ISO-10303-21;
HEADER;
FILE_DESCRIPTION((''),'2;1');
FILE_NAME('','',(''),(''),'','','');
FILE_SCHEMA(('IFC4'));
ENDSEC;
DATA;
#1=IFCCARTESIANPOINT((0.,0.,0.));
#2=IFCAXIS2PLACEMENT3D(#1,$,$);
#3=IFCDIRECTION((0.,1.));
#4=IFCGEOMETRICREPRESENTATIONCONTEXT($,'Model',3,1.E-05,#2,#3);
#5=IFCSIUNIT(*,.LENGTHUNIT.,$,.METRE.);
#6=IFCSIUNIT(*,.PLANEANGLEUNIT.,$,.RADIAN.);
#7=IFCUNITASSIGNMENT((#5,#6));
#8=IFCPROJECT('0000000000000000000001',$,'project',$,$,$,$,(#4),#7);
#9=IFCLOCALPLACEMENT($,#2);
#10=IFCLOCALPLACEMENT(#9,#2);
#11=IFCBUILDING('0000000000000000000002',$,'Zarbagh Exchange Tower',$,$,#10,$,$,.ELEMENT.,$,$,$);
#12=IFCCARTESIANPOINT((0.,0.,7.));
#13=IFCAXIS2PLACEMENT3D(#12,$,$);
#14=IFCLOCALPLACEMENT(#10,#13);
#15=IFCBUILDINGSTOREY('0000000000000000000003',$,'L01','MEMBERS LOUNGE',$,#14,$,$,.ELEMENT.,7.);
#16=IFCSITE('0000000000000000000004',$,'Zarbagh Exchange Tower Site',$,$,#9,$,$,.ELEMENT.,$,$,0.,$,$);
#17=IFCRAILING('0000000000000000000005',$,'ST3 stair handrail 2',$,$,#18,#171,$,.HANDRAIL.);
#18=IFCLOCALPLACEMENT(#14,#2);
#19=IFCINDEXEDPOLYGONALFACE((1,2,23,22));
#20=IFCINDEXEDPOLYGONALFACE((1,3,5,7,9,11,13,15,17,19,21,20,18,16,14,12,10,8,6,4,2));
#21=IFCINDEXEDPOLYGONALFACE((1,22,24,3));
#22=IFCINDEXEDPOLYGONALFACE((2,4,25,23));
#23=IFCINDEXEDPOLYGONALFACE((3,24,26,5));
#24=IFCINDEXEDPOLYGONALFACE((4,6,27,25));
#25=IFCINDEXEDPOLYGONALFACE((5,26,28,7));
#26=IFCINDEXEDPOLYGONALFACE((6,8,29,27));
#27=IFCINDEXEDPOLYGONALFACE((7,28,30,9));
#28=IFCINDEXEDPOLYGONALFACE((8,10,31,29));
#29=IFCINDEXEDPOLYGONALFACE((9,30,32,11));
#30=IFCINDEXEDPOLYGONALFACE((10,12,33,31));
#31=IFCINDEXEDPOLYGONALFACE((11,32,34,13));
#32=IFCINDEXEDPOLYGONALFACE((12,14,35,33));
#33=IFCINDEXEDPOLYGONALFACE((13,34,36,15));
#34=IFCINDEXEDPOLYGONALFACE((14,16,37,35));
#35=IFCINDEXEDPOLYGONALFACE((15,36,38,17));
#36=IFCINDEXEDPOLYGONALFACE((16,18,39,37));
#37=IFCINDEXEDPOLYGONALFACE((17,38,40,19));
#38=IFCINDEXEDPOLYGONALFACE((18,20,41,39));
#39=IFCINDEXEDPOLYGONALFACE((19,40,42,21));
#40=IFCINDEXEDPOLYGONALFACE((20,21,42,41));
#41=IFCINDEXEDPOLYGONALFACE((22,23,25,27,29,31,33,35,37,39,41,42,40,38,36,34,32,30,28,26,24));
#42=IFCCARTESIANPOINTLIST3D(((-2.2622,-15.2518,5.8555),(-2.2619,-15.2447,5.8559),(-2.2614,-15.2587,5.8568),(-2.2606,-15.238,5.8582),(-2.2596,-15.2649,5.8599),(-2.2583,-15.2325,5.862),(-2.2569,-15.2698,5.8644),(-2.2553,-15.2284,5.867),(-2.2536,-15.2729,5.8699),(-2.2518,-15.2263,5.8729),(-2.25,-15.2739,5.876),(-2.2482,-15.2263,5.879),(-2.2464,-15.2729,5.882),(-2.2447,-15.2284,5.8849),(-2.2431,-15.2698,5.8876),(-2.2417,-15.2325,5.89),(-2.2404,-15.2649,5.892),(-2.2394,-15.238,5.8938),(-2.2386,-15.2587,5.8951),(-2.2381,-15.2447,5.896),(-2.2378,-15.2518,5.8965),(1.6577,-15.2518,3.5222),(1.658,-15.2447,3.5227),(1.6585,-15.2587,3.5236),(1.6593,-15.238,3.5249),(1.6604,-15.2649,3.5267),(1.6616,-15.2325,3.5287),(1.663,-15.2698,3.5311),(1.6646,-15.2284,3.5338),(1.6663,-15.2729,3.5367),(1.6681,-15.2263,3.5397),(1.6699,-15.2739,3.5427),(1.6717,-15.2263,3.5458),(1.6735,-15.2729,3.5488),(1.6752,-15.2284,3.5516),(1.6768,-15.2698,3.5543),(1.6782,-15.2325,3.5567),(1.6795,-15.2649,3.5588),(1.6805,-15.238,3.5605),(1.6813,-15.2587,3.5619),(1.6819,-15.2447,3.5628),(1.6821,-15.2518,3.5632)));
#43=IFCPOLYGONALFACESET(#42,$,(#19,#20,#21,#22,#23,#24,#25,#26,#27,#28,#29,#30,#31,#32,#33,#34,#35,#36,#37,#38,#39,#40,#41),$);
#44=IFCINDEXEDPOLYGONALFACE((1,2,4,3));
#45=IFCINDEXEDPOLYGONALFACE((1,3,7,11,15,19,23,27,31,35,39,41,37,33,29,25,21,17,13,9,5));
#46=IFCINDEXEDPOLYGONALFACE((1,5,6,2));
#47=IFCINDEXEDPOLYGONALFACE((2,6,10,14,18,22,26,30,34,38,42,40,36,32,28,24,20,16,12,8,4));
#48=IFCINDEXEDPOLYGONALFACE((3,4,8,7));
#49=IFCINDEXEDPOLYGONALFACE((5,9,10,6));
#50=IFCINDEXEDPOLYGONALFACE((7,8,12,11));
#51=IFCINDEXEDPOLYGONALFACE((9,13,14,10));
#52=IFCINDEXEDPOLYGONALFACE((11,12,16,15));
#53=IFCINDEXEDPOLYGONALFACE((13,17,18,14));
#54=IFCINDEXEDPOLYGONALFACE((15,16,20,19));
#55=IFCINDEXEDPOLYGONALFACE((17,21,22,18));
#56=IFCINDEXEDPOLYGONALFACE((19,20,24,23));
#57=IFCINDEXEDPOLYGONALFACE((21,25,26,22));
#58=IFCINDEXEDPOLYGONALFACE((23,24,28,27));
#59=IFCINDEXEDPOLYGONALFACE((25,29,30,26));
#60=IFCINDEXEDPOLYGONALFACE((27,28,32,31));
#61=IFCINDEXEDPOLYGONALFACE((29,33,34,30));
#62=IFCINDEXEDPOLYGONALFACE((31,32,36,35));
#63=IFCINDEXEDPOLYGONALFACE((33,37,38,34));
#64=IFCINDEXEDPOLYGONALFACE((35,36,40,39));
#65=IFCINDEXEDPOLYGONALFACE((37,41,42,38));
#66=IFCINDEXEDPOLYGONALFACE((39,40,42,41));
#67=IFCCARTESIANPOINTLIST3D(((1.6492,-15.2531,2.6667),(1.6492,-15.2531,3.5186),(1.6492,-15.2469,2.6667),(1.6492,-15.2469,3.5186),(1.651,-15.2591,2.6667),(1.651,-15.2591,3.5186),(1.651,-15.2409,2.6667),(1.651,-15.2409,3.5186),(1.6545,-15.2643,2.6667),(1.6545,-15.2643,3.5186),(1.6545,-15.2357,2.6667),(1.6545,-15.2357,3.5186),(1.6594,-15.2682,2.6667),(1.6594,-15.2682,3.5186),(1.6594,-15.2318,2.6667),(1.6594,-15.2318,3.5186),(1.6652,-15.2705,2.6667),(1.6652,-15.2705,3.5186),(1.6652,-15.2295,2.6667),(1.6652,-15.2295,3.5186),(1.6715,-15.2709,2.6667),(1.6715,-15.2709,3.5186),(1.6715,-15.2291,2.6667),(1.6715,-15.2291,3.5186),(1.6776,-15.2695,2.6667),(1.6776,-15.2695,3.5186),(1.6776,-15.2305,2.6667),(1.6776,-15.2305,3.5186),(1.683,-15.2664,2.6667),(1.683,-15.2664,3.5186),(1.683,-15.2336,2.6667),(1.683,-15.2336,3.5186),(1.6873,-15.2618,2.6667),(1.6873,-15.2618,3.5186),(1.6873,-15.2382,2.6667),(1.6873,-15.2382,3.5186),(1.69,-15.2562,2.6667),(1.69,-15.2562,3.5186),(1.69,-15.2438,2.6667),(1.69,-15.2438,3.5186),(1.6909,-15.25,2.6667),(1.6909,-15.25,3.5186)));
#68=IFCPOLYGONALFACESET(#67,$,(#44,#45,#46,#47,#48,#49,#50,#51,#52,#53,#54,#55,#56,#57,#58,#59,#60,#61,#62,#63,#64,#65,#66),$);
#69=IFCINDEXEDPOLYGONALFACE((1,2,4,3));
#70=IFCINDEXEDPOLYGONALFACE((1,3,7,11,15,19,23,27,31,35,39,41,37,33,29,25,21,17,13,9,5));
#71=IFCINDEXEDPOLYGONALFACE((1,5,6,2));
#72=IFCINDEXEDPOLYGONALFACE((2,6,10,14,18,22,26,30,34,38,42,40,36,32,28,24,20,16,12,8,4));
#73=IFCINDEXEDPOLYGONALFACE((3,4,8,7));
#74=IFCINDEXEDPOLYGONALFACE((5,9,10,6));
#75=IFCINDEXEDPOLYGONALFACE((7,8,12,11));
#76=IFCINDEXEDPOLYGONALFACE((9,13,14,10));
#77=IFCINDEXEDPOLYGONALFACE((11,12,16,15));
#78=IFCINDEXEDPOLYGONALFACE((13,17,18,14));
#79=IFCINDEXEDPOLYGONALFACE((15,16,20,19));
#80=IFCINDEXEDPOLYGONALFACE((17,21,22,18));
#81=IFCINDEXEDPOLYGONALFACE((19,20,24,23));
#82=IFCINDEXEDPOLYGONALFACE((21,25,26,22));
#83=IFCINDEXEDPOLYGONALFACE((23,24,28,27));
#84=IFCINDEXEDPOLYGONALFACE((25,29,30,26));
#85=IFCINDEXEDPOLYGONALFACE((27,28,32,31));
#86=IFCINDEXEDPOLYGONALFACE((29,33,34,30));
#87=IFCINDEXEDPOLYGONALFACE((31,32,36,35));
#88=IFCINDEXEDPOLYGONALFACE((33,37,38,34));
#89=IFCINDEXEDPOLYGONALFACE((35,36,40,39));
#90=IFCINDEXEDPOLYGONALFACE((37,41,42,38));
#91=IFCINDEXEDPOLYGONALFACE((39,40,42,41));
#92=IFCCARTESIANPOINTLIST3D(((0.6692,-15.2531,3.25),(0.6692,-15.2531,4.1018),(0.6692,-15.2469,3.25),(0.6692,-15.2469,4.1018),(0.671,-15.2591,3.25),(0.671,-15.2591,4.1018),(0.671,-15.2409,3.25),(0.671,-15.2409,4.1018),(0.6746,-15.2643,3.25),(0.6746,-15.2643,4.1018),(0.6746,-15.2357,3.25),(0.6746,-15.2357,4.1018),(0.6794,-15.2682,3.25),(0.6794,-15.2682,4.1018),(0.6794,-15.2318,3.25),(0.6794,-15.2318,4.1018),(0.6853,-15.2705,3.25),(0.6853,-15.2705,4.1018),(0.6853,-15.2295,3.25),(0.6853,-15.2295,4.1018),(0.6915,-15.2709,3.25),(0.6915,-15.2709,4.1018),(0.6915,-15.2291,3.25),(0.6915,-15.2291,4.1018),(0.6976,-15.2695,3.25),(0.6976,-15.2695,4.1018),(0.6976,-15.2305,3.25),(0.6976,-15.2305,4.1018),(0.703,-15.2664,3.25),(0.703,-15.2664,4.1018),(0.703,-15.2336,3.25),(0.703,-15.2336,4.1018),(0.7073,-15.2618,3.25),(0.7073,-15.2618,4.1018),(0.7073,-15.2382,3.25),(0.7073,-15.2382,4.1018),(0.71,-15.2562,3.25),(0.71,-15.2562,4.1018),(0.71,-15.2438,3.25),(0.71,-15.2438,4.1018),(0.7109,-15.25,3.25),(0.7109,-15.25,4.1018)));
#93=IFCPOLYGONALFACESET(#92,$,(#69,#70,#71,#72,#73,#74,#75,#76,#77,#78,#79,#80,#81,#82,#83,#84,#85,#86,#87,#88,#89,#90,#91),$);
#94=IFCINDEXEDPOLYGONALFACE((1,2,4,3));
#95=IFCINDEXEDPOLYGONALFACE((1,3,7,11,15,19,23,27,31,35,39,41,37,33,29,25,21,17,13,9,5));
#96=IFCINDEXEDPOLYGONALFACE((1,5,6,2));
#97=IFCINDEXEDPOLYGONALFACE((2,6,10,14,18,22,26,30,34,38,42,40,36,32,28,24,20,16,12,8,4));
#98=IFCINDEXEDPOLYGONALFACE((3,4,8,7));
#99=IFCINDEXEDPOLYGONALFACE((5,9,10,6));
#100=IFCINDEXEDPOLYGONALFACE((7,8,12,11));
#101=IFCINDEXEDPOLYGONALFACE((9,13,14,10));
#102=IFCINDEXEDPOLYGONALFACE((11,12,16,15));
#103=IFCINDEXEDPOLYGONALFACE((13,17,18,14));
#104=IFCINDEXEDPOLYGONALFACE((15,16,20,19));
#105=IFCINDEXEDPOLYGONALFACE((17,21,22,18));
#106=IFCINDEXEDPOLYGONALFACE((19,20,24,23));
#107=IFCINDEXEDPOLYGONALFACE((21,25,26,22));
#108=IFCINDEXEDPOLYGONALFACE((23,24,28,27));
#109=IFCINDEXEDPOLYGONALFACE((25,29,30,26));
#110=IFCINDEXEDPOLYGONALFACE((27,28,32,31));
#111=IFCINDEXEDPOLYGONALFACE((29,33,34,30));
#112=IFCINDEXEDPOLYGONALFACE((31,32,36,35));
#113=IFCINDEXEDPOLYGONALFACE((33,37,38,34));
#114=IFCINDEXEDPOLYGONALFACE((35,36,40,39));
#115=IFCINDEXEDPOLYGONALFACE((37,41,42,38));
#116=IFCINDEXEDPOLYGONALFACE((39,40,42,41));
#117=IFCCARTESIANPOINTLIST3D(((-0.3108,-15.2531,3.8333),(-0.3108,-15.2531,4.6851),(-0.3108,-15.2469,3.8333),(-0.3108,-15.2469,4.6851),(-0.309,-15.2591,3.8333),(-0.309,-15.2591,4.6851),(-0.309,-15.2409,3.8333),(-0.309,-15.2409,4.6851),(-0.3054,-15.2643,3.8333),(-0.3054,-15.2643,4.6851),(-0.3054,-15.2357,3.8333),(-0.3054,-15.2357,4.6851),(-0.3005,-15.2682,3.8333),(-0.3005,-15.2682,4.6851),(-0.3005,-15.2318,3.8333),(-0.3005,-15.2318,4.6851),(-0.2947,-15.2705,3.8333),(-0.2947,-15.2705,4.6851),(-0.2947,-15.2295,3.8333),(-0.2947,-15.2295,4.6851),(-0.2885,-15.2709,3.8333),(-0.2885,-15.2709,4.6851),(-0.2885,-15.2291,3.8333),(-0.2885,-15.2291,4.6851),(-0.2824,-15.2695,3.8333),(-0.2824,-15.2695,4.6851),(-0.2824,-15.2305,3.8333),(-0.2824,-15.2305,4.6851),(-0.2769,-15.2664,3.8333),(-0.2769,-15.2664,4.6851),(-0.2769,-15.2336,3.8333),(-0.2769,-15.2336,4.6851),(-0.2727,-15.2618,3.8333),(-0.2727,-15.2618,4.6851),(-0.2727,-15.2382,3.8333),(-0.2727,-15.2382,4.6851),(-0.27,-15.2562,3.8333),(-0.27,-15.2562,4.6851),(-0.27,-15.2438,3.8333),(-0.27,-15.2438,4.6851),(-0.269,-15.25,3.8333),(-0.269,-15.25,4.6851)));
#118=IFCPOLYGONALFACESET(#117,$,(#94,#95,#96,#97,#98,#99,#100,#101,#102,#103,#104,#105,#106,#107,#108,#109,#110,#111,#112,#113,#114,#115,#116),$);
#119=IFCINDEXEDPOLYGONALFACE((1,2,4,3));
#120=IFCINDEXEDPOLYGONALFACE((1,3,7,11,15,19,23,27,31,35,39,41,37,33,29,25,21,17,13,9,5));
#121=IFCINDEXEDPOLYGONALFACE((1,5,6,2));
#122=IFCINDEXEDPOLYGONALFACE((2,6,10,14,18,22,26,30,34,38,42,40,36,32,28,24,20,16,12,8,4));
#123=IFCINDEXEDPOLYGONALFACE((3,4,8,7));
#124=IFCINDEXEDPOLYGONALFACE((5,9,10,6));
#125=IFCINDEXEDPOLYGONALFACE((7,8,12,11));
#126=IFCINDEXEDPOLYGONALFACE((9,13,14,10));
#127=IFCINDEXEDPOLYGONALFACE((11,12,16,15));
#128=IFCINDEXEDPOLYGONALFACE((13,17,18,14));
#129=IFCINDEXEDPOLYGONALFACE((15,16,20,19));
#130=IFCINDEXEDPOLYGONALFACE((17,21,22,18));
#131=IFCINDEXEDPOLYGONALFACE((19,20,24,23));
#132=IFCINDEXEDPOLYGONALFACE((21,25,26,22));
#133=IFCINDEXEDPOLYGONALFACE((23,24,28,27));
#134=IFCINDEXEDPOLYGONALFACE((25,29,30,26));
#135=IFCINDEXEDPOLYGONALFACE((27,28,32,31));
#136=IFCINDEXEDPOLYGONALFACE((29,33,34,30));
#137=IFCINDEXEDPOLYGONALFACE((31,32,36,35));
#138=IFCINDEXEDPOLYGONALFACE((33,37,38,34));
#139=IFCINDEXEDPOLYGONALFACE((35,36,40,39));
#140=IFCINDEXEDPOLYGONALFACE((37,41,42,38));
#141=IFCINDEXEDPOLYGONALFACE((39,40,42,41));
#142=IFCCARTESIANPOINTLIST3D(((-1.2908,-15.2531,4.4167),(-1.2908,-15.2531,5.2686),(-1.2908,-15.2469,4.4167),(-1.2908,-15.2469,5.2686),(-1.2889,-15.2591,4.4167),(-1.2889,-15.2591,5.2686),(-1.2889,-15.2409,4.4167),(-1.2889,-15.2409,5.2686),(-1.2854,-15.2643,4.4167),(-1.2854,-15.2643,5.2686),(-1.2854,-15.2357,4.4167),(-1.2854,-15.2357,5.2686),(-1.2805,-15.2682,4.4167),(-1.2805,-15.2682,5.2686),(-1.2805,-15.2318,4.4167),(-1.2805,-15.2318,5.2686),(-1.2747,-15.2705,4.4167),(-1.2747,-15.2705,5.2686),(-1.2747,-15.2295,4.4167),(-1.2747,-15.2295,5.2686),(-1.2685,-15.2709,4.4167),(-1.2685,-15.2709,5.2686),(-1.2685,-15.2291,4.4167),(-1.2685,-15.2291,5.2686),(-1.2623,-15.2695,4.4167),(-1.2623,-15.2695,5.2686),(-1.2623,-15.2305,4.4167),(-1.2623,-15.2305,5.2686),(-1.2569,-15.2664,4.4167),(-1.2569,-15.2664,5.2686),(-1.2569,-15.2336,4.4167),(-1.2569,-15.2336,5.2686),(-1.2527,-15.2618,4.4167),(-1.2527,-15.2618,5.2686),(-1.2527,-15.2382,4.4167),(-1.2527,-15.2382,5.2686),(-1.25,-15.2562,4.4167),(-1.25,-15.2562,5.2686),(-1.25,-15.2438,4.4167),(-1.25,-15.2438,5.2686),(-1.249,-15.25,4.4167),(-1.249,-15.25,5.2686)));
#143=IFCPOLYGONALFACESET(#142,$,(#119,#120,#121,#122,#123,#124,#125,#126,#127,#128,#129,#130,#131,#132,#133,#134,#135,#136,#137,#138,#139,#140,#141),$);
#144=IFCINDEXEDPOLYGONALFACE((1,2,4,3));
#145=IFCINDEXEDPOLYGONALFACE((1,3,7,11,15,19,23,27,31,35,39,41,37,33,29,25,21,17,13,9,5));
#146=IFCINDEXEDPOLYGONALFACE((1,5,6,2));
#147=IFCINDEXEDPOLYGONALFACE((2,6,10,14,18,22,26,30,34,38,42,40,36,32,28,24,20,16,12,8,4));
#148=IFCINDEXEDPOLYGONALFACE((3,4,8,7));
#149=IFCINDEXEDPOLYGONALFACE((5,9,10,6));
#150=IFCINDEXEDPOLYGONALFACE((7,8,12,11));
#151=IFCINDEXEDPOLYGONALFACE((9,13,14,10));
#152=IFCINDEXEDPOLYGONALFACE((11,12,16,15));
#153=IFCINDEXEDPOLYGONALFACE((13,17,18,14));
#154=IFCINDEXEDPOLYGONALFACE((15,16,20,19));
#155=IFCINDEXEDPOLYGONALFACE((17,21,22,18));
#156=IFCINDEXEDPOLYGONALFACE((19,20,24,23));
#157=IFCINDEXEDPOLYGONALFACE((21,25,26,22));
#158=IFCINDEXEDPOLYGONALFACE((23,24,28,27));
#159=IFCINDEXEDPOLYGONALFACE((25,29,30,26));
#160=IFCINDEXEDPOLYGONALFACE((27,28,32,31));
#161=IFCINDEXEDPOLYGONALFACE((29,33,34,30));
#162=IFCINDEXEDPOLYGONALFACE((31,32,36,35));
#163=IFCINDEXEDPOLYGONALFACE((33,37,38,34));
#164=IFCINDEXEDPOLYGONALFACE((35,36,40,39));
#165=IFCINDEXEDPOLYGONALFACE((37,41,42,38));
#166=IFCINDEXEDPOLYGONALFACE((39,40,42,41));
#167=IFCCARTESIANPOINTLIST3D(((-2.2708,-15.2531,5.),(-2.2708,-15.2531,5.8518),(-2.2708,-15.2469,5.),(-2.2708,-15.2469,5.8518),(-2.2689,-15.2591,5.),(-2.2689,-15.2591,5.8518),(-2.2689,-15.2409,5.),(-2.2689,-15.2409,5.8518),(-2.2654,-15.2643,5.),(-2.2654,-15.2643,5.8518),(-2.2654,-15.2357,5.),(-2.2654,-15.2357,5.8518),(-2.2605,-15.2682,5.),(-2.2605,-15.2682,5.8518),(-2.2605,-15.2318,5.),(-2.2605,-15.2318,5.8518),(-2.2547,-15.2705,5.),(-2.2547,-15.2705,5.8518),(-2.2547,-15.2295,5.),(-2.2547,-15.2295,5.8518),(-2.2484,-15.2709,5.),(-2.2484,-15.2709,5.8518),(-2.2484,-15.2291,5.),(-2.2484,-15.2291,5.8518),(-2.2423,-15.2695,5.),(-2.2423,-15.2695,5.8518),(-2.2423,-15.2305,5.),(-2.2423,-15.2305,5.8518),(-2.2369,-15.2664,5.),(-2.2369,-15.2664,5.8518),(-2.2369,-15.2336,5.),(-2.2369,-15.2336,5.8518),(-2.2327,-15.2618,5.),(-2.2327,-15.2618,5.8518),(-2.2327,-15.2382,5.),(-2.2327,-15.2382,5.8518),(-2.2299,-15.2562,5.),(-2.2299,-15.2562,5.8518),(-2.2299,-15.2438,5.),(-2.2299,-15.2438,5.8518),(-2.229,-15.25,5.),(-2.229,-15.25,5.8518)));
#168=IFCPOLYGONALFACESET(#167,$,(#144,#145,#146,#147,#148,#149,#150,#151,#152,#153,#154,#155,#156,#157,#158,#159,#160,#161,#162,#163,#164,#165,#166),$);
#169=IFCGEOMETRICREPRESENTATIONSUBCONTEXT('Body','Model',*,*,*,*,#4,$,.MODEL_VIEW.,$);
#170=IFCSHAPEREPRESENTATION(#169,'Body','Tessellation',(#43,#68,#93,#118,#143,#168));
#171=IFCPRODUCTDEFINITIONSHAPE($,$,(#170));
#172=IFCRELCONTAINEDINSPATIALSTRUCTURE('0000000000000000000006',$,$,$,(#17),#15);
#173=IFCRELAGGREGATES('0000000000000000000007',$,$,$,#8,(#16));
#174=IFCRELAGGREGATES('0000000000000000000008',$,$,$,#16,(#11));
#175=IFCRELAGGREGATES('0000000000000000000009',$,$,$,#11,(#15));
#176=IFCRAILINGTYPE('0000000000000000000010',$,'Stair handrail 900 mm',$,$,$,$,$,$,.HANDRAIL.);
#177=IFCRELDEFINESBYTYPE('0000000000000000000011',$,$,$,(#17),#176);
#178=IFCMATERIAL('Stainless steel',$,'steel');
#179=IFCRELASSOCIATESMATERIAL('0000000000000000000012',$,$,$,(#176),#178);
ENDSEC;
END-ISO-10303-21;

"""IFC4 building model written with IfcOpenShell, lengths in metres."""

from ifc_helpers import new_model, si_unit, direction, frame, origin, origin_2d, place, context, subcontext, project, spatial, circle, extrude, material, type_object, element, save


model = new_model("IFC4")

# Units and contexts
model_context = context("Model", 3, precision=1e-05, world=origin(), true_north=direction((0.0, 1.0)))
body_context = subcontext(model_context, "Body", "Model", "MODEL_VIEW")
ifc_project = project(units=[si_unit("LENGTHUNIT", "METRE"), si_unit("PLANEANGLEUNIT", "RADIAN")], contexts=[model_context])

# Site, building, storey
site_placement = place(None, origin())
site = spatial("IfcSite", under=ifc_project, at=site_placement, Name="Zarbagh Exchange Tower Site", CompositionType="ELEMENT", RefElevation=0.0)
building_placement = place(site_placement, origin())
building = spatial("IfcBuilding", under=site, at=building_placement, Name="Zarbagh Exchange Tower", CompositionType="ELEMENT")
storey_placement = place(building_placement, frame((0.0, 0.0, 7.0)))
storey = spatial("IfcBuildingStorey", under=building, at=storey_placement, Name="L01", Description="MEMBERS LOUNGE", CompositionType="ELEMENT", Elevation=7.0)

# Railing
ifc_material_1 = material(Name="Stainless steel", Category="steel")
railing_type_1 = type_object("IfcRailingType", Name="Stair handrail 900 mm", PredefinedType="HANDRAIL", material=ifc_material_1)
for number, where, name in (
    (1, (1.6699, -15.25, 2.6667), "ST3 stair handrail 2"),
):
    element("IfcRailing", number, at=place(storey_placement, frame(where)), inside=storey, type_object=railing_type_1, Name=name, PredefinedType="HANDRAIL", context=body_context, shape_type="SweptSolid", body=[
        extrude(circle(Radius=0.0239, at=origin_2d()), frame((0.0, 0.0, 0.876), z_axis=(-0.859296, 0.0, 0.511478), x_axis=(0.0, -1.0, 0.0)), (0.0, 0.0, 1.0), 4.5618),
        extrude(circle(Radius=0.021, at=origin_2d()), origin(), (0.0, 0.0, 1.0), 0.8518),
        extrude(circle(Radius=0.021, at=origin_2d()), frame((-0.98, 0.0, 0.5833)), (0.0, 0.0, 1.0), 0.8518),
        extrude(circle(Radius=0.021, at=origin_2d()), frame((-1.96, 0.0, 1.1665)), (0.0, 0.0, 1.0), 0.8518),
        extrude(circle(Radius=0.021, at=origin_2d()), frame((-2.9399, 0.0, 1.75)), (0.0, 0.0, 1.0), 0.8518),
        extrude(circle(Radius=0.021, at=origin_2d()), frame((-3.9199, 0.0, 2.3333)), (0.0, 0.0, 1.0), 0.8518),
    ])

save(model, "model.ifc")
